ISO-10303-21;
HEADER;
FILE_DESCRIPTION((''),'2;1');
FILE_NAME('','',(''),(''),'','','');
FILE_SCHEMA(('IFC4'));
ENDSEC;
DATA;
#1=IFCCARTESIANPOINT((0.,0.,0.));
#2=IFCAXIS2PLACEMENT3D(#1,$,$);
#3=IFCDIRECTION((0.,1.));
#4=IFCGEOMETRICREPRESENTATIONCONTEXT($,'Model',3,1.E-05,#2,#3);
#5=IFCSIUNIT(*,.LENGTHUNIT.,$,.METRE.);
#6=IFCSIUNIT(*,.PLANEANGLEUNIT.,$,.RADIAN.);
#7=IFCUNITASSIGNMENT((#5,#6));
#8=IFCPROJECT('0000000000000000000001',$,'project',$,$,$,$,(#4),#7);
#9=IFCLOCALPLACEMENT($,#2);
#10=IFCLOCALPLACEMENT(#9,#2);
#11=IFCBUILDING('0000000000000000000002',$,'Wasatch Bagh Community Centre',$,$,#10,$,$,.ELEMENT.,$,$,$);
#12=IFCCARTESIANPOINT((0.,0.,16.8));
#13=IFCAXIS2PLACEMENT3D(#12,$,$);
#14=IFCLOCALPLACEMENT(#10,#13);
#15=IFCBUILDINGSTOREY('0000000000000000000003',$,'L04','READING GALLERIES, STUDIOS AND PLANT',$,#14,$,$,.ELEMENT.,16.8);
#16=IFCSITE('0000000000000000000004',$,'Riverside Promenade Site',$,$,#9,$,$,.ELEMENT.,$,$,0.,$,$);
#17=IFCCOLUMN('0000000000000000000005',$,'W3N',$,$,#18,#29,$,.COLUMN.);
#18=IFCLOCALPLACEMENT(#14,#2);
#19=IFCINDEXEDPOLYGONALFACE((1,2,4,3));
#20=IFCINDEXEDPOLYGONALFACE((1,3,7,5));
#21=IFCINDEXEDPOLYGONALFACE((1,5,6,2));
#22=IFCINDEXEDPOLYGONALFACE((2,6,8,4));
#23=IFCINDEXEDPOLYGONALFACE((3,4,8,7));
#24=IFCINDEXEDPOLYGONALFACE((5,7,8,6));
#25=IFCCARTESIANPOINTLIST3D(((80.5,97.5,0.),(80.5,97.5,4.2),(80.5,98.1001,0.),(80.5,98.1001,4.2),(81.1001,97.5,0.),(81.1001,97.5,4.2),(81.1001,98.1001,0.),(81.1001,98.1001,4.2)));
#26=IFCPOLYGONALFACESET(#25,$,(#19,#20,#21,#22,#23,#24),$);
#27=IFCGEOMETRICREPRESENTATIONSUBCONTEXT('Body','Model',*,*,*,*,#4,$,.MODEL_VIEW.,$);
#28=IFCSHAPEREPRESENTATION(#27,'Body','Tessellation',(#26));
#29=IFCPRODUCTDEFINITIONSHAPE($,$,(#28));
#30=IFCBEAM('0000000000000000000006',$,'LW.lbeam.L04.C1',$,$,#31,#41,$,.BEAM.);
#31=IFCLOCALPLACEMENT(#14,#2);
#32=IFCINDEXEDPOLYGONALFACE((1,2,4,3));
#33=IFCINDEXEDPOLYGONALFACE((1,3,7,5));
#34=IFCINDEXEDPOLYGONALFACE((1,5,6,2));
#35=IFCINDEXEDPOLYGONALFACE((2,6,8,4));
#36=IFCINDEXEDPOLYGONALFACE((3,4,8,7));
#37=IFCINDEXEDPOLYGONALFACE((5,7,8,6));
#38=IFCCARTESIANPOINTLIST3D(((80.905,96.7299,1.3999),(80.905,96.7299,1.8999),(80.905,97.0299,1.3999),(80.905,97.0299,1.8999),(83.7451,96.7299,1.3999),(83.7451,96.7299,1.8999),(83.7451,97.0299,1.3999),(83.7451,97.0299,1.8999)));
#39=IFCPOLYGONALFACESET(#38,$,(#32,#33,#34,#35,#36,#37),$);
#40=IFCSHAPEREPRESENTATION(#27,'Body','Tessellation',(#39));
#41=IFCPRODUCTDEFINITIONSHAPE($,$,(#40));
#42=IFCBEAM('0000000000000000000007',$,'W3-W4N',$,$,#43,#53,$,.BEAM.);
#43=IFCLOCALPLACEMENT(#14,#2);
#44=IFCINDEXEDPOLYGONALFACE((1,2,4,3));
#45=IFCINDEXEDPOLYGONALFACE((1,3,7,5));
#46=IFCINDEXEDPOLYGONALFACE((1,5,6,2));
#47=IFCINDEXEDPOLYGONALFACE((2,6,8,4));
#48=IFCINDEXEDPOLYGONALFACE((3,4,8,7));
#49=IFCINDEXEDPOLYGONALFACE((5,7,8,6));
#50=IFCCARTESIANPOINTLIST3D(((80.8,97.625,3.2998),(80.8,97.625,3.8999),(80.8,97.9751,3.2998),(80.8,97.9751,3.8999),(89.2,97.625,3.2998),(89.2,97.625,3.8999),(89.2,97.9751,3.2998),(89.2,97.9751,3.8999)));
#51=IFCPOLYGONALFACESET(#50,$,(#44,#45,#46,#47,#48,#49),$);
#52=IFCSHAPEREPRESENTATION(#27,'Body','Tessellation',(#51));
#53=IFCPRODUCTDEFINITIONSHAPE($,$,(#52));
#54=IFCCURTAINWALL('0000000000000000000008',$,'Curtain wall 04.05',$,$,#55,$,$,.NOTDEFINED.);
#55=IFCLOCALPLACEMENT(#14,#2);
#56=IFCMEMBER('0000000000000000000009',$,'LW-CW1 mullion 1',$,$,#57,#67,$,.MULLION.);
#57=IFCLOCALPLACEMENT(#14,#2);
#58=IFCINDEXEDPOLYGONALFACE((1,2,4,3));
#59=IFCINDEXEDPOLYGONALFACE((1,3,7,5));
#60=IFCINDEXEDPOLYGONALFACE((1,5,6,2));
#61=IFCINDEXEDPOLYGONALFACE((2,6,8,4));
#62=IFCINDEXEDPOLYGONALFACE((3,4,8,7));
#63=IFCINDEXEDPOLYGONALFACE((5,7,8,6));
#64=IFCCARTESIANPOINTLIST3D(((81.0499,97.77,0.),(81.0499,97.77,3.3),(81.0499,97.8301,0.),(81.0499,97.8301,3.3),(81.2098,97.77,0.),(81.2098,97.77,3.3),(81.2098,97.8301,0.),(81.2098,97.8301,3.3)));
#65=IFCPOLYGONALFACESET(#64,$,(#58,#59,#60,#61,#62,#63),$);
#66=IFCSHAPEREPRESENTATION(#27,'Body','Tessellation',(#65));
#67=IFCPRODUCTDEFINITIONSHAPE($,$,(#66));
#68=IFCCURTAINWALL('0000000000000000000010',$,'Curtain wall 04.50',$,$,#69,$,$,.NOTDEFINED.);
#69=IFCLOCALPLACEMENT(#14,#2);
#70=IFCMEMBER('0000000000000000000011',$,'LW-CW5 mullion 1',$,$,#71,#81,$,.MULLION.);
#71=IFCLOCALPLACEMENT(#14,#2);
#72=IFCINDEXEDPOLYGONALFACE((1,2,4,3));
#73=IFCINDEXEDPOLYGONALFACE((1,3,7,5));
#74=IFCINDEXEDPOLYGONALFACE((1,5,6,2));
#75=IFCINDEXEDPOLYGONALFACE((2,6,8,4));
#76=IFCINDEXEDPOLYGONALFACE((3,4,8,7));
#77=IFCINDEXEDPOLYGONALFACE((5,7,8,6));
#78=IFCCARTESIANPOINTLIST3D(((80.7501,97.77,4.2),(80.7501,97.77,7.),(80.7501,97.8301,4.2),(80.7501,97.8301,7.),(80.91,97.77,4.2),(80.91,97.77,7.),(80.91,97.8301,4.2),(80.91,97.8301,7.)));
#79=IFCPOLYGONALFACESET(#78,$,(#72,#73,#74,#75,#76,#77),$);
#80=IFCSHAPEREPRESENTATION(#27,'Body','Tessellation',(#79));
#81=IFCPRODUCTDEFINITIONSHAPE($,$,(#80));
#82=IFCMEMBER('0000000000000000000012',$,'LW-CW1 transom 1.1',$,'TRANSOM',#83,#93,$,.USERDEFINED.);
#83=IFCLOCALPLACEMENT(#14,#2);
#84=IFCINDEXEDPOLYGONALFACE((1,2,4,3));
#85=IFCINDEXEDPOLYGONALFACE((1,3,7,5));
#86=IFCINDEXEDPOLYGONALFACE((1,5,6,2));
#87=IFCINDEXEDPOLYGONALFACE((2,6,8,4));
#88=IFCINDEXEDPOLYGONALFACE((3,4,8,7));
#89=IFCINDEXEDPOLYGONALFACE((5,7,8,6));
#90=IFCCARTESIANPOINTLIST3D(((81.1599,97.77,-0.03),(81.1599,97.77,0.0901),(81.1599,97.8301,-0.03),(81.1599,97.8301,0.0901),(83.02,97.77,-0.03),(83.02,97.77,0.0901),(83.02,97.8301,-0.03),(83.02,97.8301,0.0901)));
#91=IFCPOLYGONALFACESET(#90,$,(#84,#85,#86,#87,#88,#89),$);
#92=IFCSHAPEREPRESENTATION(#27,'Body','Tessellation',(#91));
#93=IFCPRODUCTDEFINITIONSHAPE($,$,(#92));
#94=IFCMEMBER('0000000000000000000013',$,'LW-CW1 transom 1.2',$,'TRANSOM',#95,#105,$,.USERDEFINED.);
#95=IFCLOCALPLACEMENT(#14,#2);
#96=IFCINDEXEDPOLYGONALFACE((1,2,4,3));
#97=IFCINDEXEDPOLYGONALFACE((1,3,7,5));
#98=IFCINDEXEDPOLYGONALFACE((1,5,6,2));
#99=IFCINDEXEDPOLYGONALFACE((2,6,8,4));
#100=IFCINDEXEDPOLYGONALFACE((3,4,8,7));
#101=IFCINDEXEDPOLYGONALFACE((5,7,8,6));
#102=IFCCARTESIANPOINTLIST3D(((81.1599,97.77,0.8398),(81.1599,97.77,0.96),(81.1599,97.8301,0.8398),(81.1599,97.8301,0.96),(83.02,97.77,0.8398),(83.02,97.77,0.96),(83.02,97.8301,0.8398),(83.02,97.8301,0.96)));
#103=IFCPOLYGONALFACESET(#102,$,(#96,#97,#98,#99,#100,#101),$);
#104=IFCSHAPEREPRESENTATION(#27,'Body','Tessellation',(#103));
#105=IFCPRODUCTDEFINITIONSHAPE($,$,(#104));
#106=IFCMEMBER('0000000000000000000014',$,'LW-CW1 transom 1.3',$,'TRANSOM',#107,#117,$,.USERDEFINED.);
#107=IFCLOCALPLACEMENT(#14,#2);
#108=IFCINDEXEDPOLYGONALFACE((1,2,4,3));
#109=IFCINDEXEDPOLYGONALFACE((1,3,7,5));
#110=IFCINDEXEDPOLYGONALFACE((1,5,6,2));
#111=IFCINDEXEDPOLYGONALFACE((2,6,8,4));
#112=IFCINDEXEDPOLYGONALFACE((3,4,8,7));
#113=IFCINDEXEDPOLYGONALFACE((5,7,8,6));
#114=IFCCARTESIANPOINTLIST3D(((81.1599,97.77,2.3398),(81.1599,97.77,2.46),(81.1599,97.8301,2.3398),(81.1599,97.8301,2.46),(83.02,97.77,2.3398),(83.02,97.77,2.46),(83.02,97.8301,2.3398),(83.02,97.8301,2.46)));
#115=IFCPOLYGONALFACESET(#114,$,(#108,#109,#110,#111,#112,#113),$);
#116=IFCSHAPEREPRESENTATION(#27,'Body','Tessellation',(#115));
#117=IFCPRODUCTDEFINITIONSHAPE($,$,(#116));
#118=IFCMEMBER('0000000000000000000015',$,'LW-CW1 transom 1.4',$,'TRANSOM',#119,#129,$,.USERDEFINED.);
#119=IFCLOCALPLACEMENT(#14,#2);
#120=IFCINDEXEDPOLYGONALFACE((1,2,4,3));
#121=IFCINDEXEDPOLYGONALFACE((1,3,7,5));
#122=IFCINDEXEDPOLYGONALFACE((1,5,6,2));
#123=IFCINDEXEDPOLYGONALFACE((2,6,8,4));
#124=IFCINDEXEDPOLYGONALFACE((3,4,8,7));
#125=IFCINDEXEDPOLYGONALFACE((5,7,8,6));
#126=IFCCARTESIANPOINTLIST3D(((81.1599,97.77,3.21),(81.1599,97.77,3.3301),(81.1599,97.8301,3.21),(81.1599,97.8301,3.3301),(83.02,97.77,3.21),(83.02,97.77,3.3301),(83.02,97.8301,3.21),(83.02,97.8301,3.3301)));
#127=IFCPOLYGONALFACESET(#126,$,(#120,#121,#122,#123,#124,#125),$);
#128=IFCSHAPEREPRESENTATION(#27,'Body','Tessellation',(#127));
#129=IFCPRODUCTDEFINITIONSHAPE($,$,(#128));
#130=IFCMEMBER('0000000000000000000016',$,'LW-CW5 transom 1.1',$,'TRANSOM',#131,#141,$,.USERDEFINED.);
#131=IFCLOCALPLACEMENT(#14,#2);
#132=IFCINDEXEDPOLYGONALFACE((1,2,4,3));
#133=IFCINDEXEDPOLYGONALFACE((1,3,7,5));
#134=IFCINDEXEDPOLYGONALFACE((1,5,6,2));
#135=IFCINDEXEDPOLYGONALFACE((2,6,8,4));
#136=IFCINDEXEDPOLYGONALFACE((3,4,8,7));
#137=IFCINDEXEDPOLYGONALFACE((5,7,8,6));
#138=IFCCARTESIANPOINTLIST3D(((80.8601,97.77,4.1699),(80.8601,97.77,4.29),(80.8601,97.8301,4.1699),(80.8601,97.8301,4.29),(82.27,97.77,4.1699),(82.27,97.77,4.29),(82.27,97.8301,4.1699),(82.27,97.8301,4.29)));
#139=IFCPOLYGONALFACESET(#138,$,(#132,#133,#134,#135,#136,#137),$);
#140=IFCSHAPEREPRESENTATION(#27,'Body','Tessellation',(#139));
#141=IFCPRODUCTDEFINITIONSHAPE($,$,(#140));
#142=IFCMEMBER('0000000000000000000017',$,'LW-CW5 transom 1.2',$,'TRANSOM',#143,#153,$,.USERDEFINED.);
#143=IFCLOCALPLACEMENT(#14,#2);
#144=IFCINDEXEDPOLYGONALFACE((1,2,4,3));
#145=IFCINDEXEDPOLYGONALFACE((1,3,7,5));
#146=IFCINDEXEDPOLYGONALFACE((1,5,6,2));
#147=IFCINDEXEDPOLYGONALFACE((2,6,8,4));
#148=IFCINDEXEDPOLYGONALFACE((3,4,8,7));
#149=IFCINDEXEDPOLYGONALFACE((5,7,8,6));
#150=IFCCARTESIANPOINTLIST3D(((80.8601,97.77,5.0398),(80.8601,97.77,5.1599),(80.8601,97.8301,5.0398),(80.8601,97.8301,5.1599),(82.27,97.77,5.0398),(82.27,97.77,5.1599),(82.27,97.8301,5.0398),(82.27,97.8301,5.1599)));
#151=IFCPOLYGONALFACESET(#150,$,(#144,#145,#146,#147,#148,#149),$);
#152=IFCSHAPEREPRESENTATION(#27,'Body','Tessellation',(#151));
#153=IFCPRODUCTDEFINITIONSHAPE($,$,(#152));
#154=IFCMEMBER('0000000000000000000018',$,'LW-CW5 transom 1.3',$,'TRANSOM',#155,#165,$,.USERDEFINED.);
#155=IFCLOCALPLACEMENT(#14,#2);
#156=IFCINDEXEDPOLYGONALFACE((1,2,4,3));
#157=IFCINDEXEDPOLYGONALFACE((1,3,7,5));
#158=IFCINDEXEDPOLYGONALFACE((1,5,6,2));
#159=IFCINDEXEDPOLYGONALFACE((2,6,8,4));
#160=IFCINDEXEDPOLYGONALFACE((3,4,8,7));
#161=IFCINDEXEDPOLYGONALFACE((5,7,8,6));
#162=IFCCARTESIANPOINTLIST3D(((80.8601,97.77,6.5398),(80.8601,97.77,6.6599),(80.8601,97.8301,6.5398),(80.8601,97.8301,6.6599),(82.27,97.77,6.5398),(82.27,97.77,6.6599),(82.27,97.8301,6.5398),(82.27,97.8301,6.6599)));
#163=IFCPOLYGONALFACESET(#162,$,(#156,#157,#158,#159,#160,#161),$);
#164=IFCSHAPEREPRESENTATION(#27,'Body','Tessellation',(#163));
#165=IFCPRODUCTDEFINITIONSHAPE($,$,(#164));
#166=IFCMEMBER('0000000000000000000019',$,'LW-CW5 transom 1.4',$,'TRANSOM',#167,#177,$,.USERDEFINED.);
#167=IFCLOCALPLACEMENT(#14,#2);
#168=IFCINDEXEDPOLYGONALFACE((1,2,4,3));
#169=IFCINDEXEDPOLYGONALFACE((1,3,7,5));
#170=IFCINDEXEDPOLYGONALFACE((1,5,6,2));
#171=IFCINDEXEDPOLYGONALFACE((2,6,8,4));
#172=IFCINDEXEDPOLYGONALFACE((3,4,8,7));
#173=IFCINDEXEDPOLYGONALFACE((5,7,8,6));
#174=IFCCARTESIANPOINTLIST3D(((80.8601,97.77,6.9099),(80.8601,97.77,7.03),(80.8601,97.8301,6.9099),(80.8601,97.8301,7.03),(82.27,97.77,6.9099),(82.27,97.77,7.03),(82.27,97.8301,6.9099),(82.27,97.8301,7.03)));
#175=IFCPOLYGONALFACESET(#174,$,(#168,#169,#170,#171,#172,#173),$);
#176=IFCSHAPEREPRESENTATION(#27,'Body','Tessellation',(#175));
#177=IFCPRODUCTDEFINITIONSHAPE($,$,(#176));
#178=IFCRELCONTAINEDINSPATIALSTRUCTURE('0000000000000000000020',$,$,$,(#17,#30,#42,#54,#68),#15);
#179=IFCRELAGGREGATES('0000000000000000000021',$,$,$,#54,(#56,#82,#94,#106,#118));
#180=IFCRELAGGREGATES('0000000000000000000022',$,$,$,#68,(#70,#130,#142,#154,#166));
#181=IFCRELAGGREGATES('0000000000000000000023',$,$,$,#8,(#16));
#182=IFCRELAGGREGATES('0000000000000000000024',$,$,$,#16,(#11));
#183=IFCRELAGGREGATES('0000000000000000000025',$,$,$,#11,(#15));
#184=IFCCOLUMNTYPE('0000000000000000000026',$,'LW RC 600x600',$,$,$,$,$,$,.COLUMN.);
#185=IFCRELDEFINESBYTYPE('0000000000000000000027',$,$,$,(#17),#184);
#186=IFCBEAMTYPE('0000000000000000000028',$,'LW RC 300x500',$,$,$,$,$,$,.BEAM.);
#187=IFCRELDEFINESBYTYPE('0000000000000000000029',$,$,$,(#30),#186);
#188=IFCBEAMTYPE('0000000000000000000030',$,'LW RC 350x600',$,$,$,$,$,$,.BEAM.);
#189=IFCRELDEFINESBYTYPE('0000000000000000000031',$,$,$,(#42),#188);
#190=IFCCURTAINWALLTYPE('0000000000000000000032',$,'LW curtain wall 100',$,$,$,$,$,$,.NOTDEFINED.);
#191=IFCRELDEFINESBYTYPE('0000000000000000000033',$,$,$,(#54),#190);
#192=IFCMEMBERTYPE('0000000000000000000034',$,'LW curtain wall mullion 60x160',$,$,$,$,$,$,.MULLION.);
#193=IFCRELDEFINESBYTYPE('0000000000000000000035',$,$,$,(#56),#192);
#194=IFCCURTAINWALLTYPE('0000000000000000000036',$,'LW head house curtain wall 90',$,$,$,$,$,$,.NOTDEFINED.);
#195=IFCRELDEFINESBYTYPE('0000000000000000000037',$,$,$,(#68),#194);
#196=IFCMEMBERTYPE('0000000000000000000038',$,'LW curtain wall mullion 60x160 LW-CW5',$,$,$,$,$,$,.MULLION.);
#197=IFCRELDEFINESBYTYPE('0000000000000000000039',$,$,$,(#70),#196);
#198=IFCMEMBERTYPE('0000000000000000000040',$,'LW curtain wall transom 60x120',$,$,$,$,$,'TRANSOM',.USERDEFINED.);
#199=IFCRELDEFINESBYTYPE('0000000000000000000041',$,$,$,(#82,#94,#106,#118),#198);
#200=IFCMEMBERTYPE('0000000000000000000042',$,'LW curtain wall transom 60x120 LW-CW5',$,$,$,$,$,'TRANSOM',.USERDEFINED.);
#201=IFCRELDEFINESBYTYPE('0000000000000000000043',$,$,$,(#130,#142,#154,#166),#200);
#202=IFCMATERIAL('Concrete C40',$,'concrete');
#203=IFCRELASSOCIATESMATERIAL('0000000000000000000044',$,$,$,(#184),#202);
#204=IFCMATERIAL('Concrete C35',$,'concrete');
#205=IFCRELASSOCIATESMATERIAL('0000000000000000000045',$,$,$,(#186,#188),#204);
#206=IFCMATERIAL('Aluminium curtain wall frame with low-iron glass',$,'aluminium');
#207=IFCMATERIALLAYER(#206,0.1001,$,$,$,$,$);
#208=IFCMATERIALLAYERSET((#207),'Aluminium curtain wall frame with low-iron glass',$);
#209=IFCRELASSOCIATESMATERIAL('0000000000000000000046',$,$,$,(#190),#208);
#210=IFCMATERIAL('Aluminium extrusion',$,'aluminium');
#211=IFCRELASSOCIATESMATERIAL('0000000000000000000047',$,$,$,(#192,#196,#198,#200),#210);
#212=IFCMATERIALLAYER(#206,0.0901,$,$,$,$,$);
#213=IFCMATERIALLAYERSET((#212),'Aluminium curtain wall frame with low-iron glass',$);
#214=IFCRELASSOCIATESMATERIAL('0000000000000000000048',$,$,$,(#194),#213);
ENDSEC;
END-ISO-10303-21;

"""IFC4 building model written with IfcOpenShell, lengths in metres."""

from ifc_helpers import new_model, si_unit, direction, frame, origin, origin_2d, place, context, subcontext, project, spatial, rectangle, extrude, material, layer, layer_set, material_profile, profile_set, type_object, element, aggregate, save


model = new_model("IFC4")

# Units and contexts
model_context = context("Model", 3, precision=1e-05, world=origin(), true_north=direction((0.0, 1.0)))
body_context = subcontext(model_context, "Body", "Model", "MODEL_VIEW")
ifc_project = project(units=[si_unit("LENGTHUNIT", "METRE"), si_unit("PLANEANGLEUNIT", "RADIAN")], contexts=[model_context])

# Site, building, storey
site_placement = place(None, origin())
site = spatial("IfcSite", under=ifc_project, at=site_placement, Name="Riverside Promenade Site", CompositionType="ELEMENT", RefElevation=0.0)
building_placement = place(site_placement, origin())
building = spatial("IfcBuilding", under=site, at=building_placement, Name="Wasatch Bagh Community Centre", CompositionType="ELEMENT")
storey_placement = place(building_placement, frame((0.0, 0.0, 16.8)))
storey = spatial("IfcBuildingStorey", under=building, at=storey_placement, Name="L04", Description="READING GALLERIES, STUDIOS AND PLANT", CompositionType="ELEMENT", Elevation=16.8)

# Column
ifc_material_1 = material(Name="Concrete C40", Category="concrete")
ifc_material_profile_1 = material_profile(ifc_material_1, rectangle(XDim=0.6001, YDim=0.6001, at=origin_2d()), Name="RC 600x600")
ifc_profile_set_1 = profile_set([ifc_material_profile_1], Name="Concrete C40")
column_type = type_object("IfcColumnType", Name="LW RC 600x600", PredefinedType="COLUMN", material=ifc_profile_set_1)
column_placement = place(storey_placement, frame((80.8, 97.8, 0.0), z_axis=(0.0, 0.0, 1.0), x_axis=(1.0, 0.0, 0.0)))
element("IfcColumn", 1, at=column_placement, inside=storey, type_object=column_type, Name="W3N", PredefinedType="COLUMN", context=body_context, shape_type="SweptSolid", body=[
    extrude(rectangle(XDim=0.6001, YDim=0.6001, at=origin_2d()), origin(), (0.0, 0.0, 1.0), 4.2),
])

# Beams
ifc_material_2 = material(Name="Concrete C35", Category="concrete")
ifc_material_profile_2 = material_profile(ifc_material_2, rectangle(XDim=0.3, YDim=0.5, at=origin_2d()), Name="RC 300x500")
ifc_profile_set_2 = profile_set([ifc_material_profile_2], Name="Concrete C35")
beam_type_1 = type_object("IfcBeamType", Name="LW RC 300x500", PredefinedType="BEAM", material=ifc_profile_set_2)
beam_1_placement = place(storey_placement, frame((80.905, 96.8799, 1.6499), z_axis=(1.0, 0.0, 0.0), x_axis=(0.0, 1.0, 0.0)))
element("IfcBeam", 2, at=beam_1_placement, inside=storey, type_object=beam_type_1, Name="LW.lbeam.L04.C1", PredefinedType="BEAM", context=body_context, shape_type="SweptSolid", body=[
    extrude(rectangle(XDim=0.3, YDim=0.5, at=origin_2d()), origin(), (0.0, 0.0, 1.0), 2.8401),
])
ifc_material_profile_3 = material_profile(ifc_material_2, rectangle(XDim=0.3501, YDim=0.6001, at=origin_2d()), Name="RC 350x600")
ifc_profile_set_3 = profile_set([ifc_material_profile_3], Name="Concrete C35")
beam_type_2 = type_object("IfcBeamType", Name="LW RC 350x600", PredefinedType="BEAM", material=ifc_profile_set_3)
beam_2_placement = place(storey_placement, frame((80.8, 97.8, 3.5999), z_axis=(1.0, 0.0, 0.0), x_axis=(0.0, 1.0, 0.0)))
element("IfcBeam", 3, at=beam_2_placement, inside=storey, type_object=beam_type_2, Name="W3-W4N", PredefinedType="BEAM", context=body_context, shape_type="SweptSolid", body=[
    extrude(rectangle(XDim=0.3501, YDim=0.6001, at=origin_2d()), origin(), (0.0, 0.0, 1.0), 8.3999),
])

# Curtain walls, members
ifc_material_3 = material(Name="Aluminium curtain wall frame with low-iron glass", Category="aluminium")
ifc_layer_1 = layer(ifc_material_3, 0.1001)
ifc_layer_set_1 = layer_set([ifc_layer_1], Name="Aluminium curtain wall frame with low-iron glass")
curtain_wall_type_1 = type_object("IfcCurtainWallType", Name="LW curtain wall 100", PredefinedType="NOTDEFINED", material=ifc_layer_set_1)
curtain_wall_1_placement = place(storey_placement, origin())
curtain_wall_1 = element("IfcCurtainWall", 4, at=curtain_wall_1_placement, inside=storey, type_object=curtain_wall_type_1, Name="Curtain wall 04.05", PredefinedType="NOTDEFINED")
ifc_material_4 = material(Name="Aluminium extrusion", Category="aluminium")
ifc_material_profile_4 = material_profile(ifc_material_4, rectangle(XDim=0.0601, YDim=0.1599, at=origin_2d()), Name="AL 60x160")
ifc_profile_set_4 = profile_set([ifc_material_profile_4], Name="Aluminium extrusion")
member_type_1 = type_object("IfcMemberType", Name="LW curtain wall mullion 60x160", PredefinedType="MULLION", material=ifc_profile_set_4)
member_1_placement = place(storey_placement, frame((81.1299, 97.8, 0.0), z_axis=(0.0, 0.0, 1.0), x_axis=(0.0, 1.0, 0.0)))
member_1 = element("IfcMember", 5, at=member_1_placement, type_object=member_type_1, Name="LW-CW1 mullion 1", PredefinedType="MULLION", context=body_context, shape_type="SweptSolid", body=[
    extrude(rectangle(XDim=0.0601, YDim=0.1599, at=origin_2d()), origin(), (0.0, 0.0, 1.0), 3.3),
])
ifc_layer_2 = layer(ifc_material_3, 0.0901)
ifc_layer_set_2 = layer_set([ifc_layer_2], Name="Aluminium curtain wall frame with low-iron glass")
curtain_wall_type_2 = type_object("IfcCurtainWallType", Name="LW head house curtain wall 90", PredefinedType="NOTDEFINED", material=ifc_layer_set_2)
curtain_wall_2_placement = place(storey_placement, origin())
curtain_wall_2 = element("IfcCurtainWall", 6, at=curtain_wall_2_placement, inside=storey, type_object=curtain_wall_type_2, Name="Curtain wall 04.50", PredefinedType="NOTDEFINED")
ifc_material_profile_5 = material_profile(ifc_material_4, rectangle(XDim=0.0601, YDim=0.1599, at=origin_2d()), Name="AL 60x160")
ifc_profile_set_5 = profile_set([ifc_material_profile_5], Name="Aluminium extrusion")
member_type_2 = type_object("IfcMemberType", Name="LW curtain wall mullion 60x160 LW-CW5", PredefinedType="MULLION", material=ifc_profile_set_5)
member_2_placement = place(storey_placement, frame((80.8301, 97.8, 4.2), z_axis=(0.0, 0.0, 1.0), x_axis=(0.0, 1.0, 0.0)))
member_2 = element("IfcMember", 7, at=member_2_placement, type_object=member_type_2, Name="LW-CW5 mullion 1", PredefinedType="MULLION", context=body_context, shape_type="SweptSolid", body=[
    extrude(rectangle(XDim=0.0601, YDim=0.1599, at=origin_2d()), origin(), (0.0, 0.0, 1.0), 2.8),
])

# Members
ifc_material_profile_6 = material_profile(ifc_material_4, rectangle(XDim=0.0601, YDim=0.1201, at=origin_2d()), Name="AL 60x120")
ifc_profile_set_6 = profile_set([ifc_material_profile_6], Name="Aluminium extrusion")
member_type_3 = type_object("IfcMemberType", Name="LW curtain wall transom 60x120", ElementType="TRANSOM", PredefinedType="USERDEFINED", material=ifc_profile_set_6)
member_3_placement = place(storey_placement, frame((81.1599, 97.8, 0.03), z_axis=(1.0, 0.0, 0.0), x_axis=(0.0, 1.0, 0.0)))
member_3 = element("IfcMember", 8, at=member_3_placement, type_object=member_type_3, Name="LW-CW1 transom 1.1", ObjectType="TRANSOM", PredefinedType="USERDEFINED", context=body_context, shape_type="SweptSolid", body=[
    extrude(rectangle(XDim=0.0601, YDim=0.1201, at=origin_2d()), origin(), (0.0, 0.0, 1.0), 1.8601),
])
member_4_placement = place(storey_placement, frame((81.1599, 97.8, 0.8999), z_axis=(1.0, 0.0, 0.0), x_axis=(0.0, 1.0, 0.0)))
member_4 = element("IfcMember", 9, at=member_4_placement, type_object=member_type_3, Name="LW-CW1 transom 1.2", ObjectType="TRANSOM", PredefinedType="USERDEFINED", context=body_context, shape_type="SweptSolid", body=[
    extrude(rectangle(XDim=0.0601, YDim=0.1201, at=origin_2d()), origin(), (0.0, 0.0, 1.0), 1.8601),
])
member_5_placement = place(storey_placement, frame((81.1599, 97.8, 2.3999), z_axis=(1.0, 0.0, 0.0), x_axis=(0.0, 1.0, 0.0)))
member_5 = element("IfcMember", 10, at=member_5_placement, type_object=member_type_3, Name="LW-CW1 transom 1.3", ObjectType="TRANSOM", PredefinedType="USERDEFINED", context=body_context, shape_type="SweptSolid", body=[
    extrude(rectangle(XDim=0.0601, YDim=0.1201, at=origin_2d()), origin(), (0.0, 0.0, 1.0), 1.8601),
])
member_6_placement = place(storey_placement, frame((81.1599, 97.8, 3.27), z_axis=(1.0, 0.0, 0.0), x_axis=(0.0, 1.0, 0.0)))
member_6 = element("IfcMember", 11, at=member_6_placement, type_object=member_type_3, Name="LW-CW1 transom 1.4", ObjectType="TRANSOM", PredefinedType="USERDEFINED", context=body_context, shape_type="SweptSolid", body=[
    extrude(rectangle(XDim=0.0601, YDim=0.1201, at=origin_2d()), origin(), (0.0, 0.0, 1.0), 1.8601),
])
ifc_material_profile_7 = material_profile(ifc_material_4, rectangle(XDim=0.0601, YDim=0.1201, at=origin_2d()), Name="AL 60x120")
ifc_profile_set_7 = profile_set([ifc_material_profile_7], Name="Aluminium extrusion")
member_type_4 = type_object("IfcMemberType", Name="LW curtain wall transom 60x120 LW-CW5", ElementType="TRANSOM", PredefinedType="USERDEFINED", material=ifc_profile_set_7)
member_7_placement = place(storey_placement, frame((80.8601, 97.8, 4.23), z_axis=(1.0, 0.0, 0.0), x_axis=(0.0, 1.0, 0.0)))
member_7 = element("IfcMember", 12, at=member_7_placement, type_object=member_type_4, Name="LW-CW5 transom 1.1", ObjectType="TRANSOM", PredefinedType="USERDEFINED", context=body_context, shape_type="SweptSolid", body=[
    extrude(rectangle(XDim=0.0601, YDim=0.1201, at=origin_2d()), origin(), (0.0, 0.0, 1.0), 1.4099),
])
member_8_placement = place(storey_placement, frame((80.8601, 97.8, 5.0999), z_axis=(1.0, 0.0, 0.0), x_axis=(0.0, 1.0, 0.0)))
member_8 = element("IfcMember", 13, at=member_8_placement, type_object=member_type_4, Name="LW-CW5 transom 1.2", ObjectType="TRANSOM", PredefinedType="USERDEFINED", context=body_context, shape_type="SweptSolid", body=[
    extrude(rectangle(XDim=0.0601, YDim=0.1201, at=origin_2d()), origin(), (0.0, 0.0, 1.0), 1.4099),
])
member_9_placement = place(storey_placement, frame((80.8601, 97.8, 6.5999), z_axis=(1.0, 0.0, 0.0), x_axis=(0.0, 1.0, 0.0)))
member_9 = element("IfcMember", 14, at=member_9_placement, type_object=member_type_4, Name="LW-CW5 transom 1.3", ObjectType="TRANSOM", PredefinedType="USERDEFINED", context=body_context, shape_type="SweptSolid", body=[
    extrude(rectangle(XDim=0.0601, YDim=0.1201, at=origin_2d()), origin(), (0.0, 0.0, 1.0), 1.4099),
])
member_10_placement = place(storey_placement, frame((80.8601, 97.8, 6.97), z_axis=(1.0, 0.0, 0.0), x_axis=(0.0, 1.0, 0.0)))
member_10 = element("IfcMember", 15, at=member_10_placement, type_object=member_type_4, Name="LW-CW5 transom 1.4", ObjectType="TRANSOM", PredefinedType="USERDEFINED", context=body_context, shape_type="SweptSolid", body=[
    extrude(rectangle(XDim=0.0601, YDim=0.1201, at=origin_2d()), origin(), (0.0, 0.0, 1.0), 1.4099),
])

aggregate(curtain_wall_1, [member_1, member_3, member_4, member_5, member_6])

aggregate(curtain_wall_2, [member_2, member_7, member_8, member_9, member_10])

save(model, "model.ifc")
